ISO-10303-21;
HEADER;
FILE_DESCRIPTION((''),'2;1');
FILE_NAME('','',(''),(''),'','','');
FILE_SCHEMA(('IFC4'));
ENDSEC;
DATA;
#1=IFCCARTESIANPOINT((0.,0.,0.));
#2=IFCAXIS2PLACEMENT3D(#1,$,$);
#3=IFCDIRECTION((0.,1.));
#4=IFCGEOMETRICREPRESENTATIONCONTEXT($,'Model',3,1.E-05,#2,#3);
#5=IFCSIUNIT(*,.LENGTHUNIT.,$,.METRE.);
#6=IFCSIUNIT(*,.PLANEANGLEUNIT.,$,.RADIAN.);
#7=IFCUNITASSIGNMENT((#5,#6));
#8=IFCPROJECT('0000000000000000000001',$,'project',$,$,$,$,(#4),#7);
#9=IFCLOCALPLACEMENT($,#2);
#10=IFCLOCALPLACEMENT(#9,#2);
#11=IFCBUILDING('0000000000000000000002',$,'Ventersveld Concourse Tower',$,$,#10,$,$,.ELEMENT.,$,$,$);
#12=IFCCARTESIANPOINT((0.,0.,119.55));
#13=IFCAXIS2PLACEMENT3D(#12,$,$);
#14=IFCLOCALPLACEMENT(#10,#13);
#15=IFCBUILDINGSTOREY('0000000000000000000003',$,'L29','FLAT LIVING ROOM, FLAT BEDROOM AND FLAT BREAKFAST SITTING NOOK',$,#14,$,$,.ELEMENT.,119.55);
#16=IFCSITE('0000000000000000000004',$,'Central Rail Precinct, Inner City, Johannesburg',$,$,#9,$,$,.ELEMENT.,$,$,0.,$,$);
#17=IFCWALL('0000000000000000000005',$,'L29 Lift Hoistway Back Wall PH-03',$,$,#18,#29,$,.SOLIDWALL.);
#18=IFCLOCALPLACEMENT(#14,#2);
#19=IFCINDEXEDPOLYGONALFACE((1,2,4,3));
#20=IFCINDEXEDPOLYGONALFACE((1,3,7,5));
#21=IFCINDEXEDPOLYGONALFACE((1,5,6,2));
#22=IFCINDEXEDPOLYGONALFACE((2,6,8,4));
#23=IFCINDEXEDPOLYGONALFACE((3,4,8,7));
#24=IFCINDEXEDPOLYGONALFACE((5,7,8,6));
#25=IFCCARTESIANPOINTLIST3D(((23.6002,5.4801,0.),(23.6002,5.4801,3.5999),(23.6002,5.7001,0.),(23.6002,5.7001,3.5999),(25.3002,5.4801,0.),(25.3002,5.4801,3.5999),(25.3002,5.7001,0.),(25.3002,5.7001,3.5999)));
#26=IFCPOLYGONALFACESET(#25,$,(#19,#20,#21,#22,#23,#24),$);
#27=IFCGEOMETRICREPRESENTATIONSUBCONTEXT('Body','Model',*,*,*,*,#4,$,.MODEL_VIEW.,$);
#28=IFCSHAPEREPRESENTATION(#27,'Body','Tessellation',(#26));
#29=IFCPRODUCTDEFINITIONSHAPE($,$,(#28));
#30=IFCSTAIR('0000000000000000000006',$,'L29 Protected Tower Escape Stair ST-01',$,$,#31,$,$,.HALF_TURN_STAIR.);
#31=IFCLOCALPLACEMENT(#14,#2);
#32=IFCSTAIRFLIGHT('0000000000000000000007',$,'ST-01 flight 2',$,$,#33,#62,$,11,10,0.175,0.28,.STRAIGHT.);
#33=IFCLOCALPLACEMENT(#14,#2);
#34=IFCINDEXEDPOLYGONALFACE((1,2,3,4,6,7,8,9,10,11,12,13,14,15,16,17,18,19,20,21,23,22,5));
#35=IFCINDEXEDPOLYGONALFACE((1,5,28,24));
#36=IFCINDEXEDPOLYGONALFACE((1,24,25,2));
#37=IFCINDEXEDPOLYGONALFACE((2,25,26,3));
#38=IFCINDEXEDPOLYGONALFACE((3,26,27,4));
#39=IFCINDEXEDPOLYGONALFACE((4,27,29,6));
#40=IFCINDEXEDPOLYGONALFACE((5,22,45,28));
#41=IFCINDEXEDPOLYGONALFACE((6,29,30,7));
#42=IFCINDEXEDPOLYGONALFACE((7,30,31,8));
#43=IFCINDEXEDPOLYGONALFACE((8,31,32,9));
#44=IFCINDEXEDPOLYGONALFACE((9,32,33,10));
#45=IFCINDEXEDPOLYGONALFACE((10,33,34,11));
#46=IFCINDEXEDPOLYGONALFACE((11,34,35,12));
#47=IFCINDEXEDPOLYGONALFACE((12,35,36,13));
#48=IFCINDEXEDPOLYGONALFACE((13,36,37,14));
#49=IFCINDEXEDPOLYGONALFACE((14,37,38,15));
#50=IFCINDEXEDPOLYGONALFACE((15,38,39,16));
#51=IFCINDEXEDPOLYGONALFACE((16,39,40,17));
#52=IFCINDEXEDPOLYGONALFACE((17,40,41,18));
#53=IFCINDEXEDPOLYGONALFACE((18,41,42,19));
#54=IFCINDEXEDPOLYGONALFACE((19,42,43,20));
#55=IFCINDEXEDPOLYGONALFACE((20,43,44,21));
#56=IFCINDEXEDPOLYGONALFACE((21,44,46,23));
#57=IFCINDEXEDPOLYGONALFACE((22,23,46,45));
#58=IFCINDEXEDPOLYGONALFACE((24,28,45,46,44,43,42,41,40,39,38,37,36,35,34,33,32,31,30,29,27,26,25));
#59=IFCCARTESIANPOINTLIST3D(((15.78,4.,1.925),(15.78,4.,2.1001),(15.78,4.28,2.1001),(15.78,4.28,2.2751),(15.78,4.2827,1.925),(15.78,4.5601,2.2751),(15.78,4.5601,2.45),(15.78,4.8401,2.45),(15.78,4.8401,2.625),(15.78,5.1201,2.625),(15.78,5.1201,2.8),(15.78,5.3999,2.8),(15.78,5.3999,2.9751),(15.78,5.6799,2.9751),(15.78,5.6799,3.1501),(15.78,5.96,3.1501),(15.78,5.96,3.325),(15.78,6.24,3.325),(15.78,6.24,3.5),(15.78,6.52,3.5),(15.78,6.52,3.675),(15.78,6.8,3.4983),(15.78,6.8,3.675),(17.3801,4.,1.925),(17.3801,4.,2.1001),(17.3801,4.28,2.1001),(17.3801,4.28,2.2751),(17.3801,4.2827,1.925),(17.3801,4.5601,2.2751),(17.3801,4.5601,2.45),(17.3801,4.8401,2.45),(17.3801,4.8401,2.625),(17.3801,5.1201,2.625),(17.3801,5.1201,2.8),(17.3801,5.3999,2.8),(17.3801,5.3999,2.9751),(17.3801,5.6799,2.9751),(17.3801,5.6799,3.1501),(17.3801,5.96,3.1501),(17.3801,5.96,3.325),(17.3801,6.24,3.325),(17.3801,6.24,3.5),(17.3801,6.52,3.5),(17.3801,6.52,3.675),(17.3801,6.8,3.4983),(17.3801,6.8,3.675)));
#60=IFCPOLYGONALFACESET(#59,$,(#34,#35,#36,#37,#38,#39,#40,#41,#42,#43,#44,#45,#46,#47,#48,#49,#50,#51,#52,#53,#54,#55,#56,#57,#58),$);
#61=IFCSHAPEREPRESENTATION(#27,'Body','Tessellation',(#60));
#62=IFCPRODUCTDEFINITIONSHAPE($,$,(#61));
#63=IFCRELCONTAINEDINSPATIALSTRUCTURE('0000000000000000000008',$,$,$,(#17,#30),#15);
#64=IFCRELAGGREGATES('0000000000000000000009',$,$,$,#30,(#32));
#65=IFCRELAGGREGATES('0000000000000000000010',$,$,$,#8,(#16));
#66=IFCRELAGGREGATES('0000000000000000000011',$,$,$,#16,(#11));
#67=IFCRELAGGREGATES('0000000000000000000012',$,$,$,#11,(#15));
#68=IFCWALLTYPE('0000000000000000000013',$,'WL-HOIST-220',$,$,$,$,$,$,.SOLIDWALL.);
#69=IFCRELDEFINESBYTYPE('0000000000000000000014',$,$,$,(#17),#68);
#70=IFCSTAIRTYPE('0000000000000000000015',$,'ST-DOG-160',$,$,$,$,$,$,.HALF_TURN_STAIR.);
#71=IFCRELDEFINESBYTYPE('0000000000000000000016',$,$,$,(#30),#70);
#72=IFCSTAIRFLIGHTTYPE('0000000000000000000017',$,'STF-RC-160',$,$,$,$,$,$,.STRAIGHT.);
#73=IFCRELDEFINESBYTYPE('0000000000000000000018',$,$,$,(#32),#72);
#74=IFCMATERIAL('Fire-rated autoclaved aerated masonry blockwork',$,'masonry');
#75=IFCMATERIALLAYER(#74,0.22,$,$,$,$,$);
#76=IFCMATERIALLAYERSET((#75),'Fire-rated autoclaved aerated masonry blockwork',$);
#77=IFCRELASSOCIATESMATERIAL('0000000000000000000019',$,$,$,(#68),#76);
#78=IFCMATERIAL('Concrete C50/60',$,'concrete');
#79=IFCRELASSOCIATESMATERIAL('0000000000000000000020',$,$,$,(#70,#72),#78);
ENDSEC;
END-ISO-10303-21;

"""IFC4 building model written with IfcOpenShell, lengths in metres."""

from ifc_helpers import new_model, si_unit, direction, frame, frame_2d, origin, place, context, subcontext, project, spatial, polyline, rectangle, outline, extrude, material, layer, layer_set, type_object, element, aggregate, save


model = new_model("IFC4")

# Units and contexts
model_context = context("Model", 3, precision=1e-05, world=origin(), true_north=direction((0.0, 1.0)))
body_context = subcontext(model_context, "Body", "Model", "MODEL_VIEW")
ifc_project = project(units=[si_unit("LENGTHUNIT", "METRE"), si_unit("PLANEANGLEUNIT", "RADIAN")], contexts=[model_context])

# Site, building, storey
site_placement = place(None, origin())
site = spatial("IfcSite", under=ifc_project, at=site_placement, Name="Central Rail Precinct, Inner City, Johannesburg", CompositionType="ELEMENT", RefElevation=0.0)
building_placement = place(site_placement, origin())
building = spatial("IfcBuilding", under=site, at=building_placement, Name="Ventersveld Concourse Tower", CompositionType="ELEMENT")
storey_placement = place(building_placement, frame((0.0, 0.0, 119.55)))
storey = spatial("IfcBuildingStorey", under=building, at=storey_placement, Name="L29", Description="FLAT LIVING ROOM, FLAT BEDROOM AND FLAT BREAKFAST SITTING NOOK", CompositionType="ELEMENT", Elevation=119.55)

# Shared definitions
ifc_material_1 = material(Name="Concrete C50/60", Category="concrete")

# Shared definitions
ifc_material_2 = material(Name="Fire-rated autoclaved aerated masonry blockwork", Category="masonry")
ifc_layer_1 = layer(ifc_material_2, 0.22)
ifc_layer_set_1 = layer_set([ifc_layer_1], Name="Fire-rated autoclaved aerated masonry blockwork")
wall_type_1 = type_object("IfcWallType", Name="WL-HOIST-220", PredefinedType="SOLIDWALL", material=ifc_layer_set_1)

# Wall
for number, where, z_axis, x_axis, name in (
    (1, (23.6001, 5.5901, 0.0), (0.0, 0.0, 1.0), (1.0, 0.0, 0.0), "L29 Lift Hoistway Back Wall PH-03"),
):
    element("IfcWall", number, at=place(storey_placement, frame(where, z_axis=z_axis, x_axis=x_axis)), inside=storey, type_object=wall_type_1, Name=name, PredefinedType="SOLIDWALL", context=body_context, shape_type="SweptSolid", body=[
        extrude(rectangle(XDim=1.7, YDim=0.22, at=frame_2d((0.8501, 0.0))), origin(), (0.0, 0.0, 1.0), 3.5999),
    ])

# Stair, stair flight
stair_type = type_object("IfcStairType", Name="ST-DOG-160", PredefinedType="HALF_TURN_STAIR", material=ifc_material_1)
stair_placement = place(storey_placement, origin())
stair = element("IfcStair", 2, at=stair_placement, inside=storey, type_object=stair_type, Name="L29 Protected Tower Escape Stair ST-01", PredefinedType="HALF_TURN_STAIR")
stair_flight_type = type_object("IfcStairFlightType", Name="STF-RC-160", PredefinedType="STRAIGHT", material=ifc_material_1)
stair_flight_placement = place(storey_placement, frame((16.5801, 4.0, 1.925), z_axis=(0.0, 0.0, 1.0), x_axis=(0.0, 1.0, 0.0)))
stair_flight = element("IfcStairFlight", 3, at=stair_flight_placement, type_object=stair_flight_type, Name="ST-01 flight 2", NumberOfRisers=11, NumberOfTreads=10, PredefinedType="STRAIGHT", RiserHeight=0.175, TreadLength=0.28, context=body_context, shape_type="SweptSolid", body=[
    extrude(outline(polyline([(0.0, 0.0), (0.0, 0.175), (0.28, 0.175), (0.28, 0.3501), (0.5601, 0.3501), (0.5601, 0.5249), (0.8401, 0.5249), (0.8401, 0.7), (1.1201, 0.7), (1.1201, 0.875), (1.3999, 0.875), (1.3999, 1.05), (1.6799, 1.05), (1.6799, 1.2251), (1.96, 1.2251), (1.96, 1.3999), (2.24, 1.3999), (2.24, 1.575), (2.52, 1.575), (2.52, 1.75), (2.8, 1.75), (2.8, 1.925), (2.8, 1.5732), (0.2827, 0.0), (0.0, 0.0)])), frame((0.0, 0.8, 0.0), z_axis=(0.0, -1.0, 0.0), x_axis=(1.0, 0.0, 0.0)), (0.0, 0.0, 1.0), 1.6001),
])
aggregate(stair, [stair_flight])

save(model, "model.ifc")
